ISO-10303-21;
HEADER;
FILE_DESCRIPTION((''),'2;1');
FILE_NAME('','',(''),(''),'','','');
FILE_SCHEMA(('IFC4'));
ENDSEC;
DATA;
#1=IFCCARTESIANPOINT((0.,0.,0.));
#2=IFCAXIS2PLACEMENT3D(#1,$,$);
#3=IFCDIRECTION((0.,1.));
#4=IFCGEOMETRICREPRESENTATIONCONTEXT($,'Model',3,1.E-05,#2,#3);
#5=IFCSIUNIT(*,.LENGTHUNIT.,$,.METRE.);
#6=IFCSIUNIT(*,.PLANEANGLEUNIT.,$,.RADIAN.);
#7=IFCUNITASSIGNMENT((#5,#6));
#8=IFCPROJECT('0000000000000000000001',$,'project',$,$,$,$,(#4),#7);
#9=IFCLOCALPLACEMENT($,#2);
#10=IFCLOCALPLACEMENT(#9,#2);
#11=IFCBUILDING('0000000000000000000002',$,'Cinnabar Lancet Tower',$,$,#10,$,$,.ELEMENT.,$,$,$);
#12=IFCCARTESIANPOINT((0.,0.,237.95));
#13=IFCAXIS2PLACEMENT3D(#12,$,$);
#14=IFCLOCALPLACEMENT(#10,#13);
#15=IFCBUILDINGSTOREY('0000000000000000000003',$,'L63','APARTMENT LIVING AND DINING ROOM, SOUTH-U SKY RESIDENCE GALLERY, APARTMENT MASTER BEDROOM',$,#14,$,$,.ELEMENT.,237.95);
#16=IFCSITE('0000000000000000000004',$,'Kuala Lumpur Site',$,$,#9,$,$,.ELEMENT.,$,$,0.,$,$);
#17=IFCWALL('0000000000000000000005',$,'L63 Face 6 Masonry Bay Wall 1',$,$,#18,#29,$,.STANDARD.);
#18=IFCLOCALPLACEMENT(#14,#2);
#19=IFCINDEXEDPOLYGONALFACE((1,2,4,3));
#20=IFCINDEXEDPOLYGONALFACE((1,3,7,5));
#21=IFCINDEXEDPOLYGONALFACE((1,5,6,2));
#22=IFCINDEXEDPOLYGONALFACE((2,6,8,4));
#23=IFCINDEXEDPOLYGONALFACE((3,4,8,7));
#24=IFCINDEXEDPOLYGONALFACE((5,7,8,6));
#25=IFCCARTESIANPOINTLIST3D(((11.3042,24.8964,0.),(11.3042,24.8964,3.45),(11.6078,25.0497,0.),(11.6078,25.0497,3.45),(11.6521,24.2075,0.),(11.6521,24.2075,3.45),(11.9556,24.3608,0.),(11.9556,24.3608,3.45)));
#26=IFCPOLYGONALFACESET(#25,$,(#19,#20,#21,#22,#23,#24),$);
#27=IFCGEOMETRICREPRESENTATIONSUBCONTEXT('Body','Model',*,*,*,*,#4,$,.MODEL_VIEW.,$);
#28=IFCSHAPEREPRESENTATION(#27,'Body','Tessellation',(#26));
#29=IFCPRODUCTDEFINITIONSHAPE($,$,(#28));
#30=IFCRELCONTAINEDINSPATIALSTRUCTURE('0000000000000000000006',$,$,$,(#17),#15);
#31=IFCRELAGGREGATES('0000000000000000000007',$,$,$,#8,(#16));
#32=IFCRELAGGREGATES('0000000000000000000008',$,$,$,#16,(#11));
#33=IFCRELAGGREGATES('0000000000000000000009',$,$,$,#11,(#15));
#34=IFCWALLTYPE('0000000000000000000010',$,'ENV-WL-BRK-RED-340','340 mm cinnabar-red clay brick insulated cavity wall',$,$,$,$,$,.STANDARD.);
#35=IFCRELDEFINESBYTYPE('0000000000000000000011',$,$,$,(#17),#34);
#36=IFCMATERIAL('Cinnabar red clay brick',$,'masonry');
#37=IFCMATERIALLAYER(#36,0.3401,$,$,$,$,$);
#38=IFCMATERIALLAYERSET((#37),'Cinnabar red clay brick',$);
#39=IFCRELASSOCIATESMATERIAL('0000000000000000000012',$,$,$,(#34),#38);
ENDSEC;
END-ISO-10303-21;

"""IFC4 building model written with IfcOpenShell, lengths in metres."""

from ifc_helpers import new_model, si_unit, direction, frame, frame_2d, origin, place, context, subcontext, project, spatial, rectangle, extrude, material, layer, layer_set, type_object, element, save


model = new_model("IFC4")

# Units and contexts
model_context = context("Model", 3, precision=1e-05, world=origin(), true_north=direction((0.0, 1.0)))
body_context = subcontext(model_context, "Body", "Model", "MODEL_VIEW")
ifc_project = project(units=[si_unit("LENGTHUNIT", "METRE"), si_unit("PLANEANGLEUNIT", "RADIAN")], contexts=[model_context])

# Site, building, storey
site_placement = place(None, origin())
site = spatial("IfcSite", under=ifc_project, at=site_placement, Name="Kuala Lumpur Site", CompositionType="ELEMENT", RefElevation=0.0)
building_placement = place(site_placement, origin())
building = spatial("IfcBuilding", under=site, at=building_placement, Name="Cinnabar Lancet Tower", CompositionType="ELEMENT")
storey_placement = place(building_placement, frame((0.0, 0.0, 237.95)))
storey = spatial("IfcBuildingStorey", under=building, at=storey_placement, Name="L63", Description="APARTMENT LIVING AND DINING ROOM, SOUTH-U SKY RESIDENCE GALLERY, APARTMENT MASTER BEDROOM", CompositionType="ELEMENT", Elevation=237.95)

# Shared definitions
ifc_material_1 = material(Name="Cinnabar red clay brick", Category="masonry")
ifc_layer_1 = layer(ifc_material_1, 0.3401)
ifc_layer_set_1 = layer_set([ifc_layer_1], Name="Cinnabar red clay brick")
wall_type_1 = type_object("IfcWallType", Name="ENV-WL-BRK-RED-340", Description="340 mm cinnabar-red clay brick insulated cavity wall", PredefinedType="STANDARD", material=ifc_layer_set_1)

# Wall
for number, where, z_axis, x_axis, name in (
    (1, (11.4561, 24.9729, 0.0), (0.0, 0.0, 1.0), (0.450753, -0.892649, 0.0), "L63 Face 6 Masonry Bay Wall 1"),
):
    element("IfcWall", number, at=place(storey_placement, frame(where, z_axis=z_axis, x_axis=x_axis)), inside=storey, type_object=wall_type_1, Name=name, PredefinedType="STANDARD", context=body_context, shape_type="SweptSolid", body=[
        extrude(rectangle(XDim=0.7717, YDim=0.3401, at=frame_2d((0.3857, 0.0))), origin(), (0.0, 0.0, 1.0), 3.45),
    ])

save(model, "model.ifc")
